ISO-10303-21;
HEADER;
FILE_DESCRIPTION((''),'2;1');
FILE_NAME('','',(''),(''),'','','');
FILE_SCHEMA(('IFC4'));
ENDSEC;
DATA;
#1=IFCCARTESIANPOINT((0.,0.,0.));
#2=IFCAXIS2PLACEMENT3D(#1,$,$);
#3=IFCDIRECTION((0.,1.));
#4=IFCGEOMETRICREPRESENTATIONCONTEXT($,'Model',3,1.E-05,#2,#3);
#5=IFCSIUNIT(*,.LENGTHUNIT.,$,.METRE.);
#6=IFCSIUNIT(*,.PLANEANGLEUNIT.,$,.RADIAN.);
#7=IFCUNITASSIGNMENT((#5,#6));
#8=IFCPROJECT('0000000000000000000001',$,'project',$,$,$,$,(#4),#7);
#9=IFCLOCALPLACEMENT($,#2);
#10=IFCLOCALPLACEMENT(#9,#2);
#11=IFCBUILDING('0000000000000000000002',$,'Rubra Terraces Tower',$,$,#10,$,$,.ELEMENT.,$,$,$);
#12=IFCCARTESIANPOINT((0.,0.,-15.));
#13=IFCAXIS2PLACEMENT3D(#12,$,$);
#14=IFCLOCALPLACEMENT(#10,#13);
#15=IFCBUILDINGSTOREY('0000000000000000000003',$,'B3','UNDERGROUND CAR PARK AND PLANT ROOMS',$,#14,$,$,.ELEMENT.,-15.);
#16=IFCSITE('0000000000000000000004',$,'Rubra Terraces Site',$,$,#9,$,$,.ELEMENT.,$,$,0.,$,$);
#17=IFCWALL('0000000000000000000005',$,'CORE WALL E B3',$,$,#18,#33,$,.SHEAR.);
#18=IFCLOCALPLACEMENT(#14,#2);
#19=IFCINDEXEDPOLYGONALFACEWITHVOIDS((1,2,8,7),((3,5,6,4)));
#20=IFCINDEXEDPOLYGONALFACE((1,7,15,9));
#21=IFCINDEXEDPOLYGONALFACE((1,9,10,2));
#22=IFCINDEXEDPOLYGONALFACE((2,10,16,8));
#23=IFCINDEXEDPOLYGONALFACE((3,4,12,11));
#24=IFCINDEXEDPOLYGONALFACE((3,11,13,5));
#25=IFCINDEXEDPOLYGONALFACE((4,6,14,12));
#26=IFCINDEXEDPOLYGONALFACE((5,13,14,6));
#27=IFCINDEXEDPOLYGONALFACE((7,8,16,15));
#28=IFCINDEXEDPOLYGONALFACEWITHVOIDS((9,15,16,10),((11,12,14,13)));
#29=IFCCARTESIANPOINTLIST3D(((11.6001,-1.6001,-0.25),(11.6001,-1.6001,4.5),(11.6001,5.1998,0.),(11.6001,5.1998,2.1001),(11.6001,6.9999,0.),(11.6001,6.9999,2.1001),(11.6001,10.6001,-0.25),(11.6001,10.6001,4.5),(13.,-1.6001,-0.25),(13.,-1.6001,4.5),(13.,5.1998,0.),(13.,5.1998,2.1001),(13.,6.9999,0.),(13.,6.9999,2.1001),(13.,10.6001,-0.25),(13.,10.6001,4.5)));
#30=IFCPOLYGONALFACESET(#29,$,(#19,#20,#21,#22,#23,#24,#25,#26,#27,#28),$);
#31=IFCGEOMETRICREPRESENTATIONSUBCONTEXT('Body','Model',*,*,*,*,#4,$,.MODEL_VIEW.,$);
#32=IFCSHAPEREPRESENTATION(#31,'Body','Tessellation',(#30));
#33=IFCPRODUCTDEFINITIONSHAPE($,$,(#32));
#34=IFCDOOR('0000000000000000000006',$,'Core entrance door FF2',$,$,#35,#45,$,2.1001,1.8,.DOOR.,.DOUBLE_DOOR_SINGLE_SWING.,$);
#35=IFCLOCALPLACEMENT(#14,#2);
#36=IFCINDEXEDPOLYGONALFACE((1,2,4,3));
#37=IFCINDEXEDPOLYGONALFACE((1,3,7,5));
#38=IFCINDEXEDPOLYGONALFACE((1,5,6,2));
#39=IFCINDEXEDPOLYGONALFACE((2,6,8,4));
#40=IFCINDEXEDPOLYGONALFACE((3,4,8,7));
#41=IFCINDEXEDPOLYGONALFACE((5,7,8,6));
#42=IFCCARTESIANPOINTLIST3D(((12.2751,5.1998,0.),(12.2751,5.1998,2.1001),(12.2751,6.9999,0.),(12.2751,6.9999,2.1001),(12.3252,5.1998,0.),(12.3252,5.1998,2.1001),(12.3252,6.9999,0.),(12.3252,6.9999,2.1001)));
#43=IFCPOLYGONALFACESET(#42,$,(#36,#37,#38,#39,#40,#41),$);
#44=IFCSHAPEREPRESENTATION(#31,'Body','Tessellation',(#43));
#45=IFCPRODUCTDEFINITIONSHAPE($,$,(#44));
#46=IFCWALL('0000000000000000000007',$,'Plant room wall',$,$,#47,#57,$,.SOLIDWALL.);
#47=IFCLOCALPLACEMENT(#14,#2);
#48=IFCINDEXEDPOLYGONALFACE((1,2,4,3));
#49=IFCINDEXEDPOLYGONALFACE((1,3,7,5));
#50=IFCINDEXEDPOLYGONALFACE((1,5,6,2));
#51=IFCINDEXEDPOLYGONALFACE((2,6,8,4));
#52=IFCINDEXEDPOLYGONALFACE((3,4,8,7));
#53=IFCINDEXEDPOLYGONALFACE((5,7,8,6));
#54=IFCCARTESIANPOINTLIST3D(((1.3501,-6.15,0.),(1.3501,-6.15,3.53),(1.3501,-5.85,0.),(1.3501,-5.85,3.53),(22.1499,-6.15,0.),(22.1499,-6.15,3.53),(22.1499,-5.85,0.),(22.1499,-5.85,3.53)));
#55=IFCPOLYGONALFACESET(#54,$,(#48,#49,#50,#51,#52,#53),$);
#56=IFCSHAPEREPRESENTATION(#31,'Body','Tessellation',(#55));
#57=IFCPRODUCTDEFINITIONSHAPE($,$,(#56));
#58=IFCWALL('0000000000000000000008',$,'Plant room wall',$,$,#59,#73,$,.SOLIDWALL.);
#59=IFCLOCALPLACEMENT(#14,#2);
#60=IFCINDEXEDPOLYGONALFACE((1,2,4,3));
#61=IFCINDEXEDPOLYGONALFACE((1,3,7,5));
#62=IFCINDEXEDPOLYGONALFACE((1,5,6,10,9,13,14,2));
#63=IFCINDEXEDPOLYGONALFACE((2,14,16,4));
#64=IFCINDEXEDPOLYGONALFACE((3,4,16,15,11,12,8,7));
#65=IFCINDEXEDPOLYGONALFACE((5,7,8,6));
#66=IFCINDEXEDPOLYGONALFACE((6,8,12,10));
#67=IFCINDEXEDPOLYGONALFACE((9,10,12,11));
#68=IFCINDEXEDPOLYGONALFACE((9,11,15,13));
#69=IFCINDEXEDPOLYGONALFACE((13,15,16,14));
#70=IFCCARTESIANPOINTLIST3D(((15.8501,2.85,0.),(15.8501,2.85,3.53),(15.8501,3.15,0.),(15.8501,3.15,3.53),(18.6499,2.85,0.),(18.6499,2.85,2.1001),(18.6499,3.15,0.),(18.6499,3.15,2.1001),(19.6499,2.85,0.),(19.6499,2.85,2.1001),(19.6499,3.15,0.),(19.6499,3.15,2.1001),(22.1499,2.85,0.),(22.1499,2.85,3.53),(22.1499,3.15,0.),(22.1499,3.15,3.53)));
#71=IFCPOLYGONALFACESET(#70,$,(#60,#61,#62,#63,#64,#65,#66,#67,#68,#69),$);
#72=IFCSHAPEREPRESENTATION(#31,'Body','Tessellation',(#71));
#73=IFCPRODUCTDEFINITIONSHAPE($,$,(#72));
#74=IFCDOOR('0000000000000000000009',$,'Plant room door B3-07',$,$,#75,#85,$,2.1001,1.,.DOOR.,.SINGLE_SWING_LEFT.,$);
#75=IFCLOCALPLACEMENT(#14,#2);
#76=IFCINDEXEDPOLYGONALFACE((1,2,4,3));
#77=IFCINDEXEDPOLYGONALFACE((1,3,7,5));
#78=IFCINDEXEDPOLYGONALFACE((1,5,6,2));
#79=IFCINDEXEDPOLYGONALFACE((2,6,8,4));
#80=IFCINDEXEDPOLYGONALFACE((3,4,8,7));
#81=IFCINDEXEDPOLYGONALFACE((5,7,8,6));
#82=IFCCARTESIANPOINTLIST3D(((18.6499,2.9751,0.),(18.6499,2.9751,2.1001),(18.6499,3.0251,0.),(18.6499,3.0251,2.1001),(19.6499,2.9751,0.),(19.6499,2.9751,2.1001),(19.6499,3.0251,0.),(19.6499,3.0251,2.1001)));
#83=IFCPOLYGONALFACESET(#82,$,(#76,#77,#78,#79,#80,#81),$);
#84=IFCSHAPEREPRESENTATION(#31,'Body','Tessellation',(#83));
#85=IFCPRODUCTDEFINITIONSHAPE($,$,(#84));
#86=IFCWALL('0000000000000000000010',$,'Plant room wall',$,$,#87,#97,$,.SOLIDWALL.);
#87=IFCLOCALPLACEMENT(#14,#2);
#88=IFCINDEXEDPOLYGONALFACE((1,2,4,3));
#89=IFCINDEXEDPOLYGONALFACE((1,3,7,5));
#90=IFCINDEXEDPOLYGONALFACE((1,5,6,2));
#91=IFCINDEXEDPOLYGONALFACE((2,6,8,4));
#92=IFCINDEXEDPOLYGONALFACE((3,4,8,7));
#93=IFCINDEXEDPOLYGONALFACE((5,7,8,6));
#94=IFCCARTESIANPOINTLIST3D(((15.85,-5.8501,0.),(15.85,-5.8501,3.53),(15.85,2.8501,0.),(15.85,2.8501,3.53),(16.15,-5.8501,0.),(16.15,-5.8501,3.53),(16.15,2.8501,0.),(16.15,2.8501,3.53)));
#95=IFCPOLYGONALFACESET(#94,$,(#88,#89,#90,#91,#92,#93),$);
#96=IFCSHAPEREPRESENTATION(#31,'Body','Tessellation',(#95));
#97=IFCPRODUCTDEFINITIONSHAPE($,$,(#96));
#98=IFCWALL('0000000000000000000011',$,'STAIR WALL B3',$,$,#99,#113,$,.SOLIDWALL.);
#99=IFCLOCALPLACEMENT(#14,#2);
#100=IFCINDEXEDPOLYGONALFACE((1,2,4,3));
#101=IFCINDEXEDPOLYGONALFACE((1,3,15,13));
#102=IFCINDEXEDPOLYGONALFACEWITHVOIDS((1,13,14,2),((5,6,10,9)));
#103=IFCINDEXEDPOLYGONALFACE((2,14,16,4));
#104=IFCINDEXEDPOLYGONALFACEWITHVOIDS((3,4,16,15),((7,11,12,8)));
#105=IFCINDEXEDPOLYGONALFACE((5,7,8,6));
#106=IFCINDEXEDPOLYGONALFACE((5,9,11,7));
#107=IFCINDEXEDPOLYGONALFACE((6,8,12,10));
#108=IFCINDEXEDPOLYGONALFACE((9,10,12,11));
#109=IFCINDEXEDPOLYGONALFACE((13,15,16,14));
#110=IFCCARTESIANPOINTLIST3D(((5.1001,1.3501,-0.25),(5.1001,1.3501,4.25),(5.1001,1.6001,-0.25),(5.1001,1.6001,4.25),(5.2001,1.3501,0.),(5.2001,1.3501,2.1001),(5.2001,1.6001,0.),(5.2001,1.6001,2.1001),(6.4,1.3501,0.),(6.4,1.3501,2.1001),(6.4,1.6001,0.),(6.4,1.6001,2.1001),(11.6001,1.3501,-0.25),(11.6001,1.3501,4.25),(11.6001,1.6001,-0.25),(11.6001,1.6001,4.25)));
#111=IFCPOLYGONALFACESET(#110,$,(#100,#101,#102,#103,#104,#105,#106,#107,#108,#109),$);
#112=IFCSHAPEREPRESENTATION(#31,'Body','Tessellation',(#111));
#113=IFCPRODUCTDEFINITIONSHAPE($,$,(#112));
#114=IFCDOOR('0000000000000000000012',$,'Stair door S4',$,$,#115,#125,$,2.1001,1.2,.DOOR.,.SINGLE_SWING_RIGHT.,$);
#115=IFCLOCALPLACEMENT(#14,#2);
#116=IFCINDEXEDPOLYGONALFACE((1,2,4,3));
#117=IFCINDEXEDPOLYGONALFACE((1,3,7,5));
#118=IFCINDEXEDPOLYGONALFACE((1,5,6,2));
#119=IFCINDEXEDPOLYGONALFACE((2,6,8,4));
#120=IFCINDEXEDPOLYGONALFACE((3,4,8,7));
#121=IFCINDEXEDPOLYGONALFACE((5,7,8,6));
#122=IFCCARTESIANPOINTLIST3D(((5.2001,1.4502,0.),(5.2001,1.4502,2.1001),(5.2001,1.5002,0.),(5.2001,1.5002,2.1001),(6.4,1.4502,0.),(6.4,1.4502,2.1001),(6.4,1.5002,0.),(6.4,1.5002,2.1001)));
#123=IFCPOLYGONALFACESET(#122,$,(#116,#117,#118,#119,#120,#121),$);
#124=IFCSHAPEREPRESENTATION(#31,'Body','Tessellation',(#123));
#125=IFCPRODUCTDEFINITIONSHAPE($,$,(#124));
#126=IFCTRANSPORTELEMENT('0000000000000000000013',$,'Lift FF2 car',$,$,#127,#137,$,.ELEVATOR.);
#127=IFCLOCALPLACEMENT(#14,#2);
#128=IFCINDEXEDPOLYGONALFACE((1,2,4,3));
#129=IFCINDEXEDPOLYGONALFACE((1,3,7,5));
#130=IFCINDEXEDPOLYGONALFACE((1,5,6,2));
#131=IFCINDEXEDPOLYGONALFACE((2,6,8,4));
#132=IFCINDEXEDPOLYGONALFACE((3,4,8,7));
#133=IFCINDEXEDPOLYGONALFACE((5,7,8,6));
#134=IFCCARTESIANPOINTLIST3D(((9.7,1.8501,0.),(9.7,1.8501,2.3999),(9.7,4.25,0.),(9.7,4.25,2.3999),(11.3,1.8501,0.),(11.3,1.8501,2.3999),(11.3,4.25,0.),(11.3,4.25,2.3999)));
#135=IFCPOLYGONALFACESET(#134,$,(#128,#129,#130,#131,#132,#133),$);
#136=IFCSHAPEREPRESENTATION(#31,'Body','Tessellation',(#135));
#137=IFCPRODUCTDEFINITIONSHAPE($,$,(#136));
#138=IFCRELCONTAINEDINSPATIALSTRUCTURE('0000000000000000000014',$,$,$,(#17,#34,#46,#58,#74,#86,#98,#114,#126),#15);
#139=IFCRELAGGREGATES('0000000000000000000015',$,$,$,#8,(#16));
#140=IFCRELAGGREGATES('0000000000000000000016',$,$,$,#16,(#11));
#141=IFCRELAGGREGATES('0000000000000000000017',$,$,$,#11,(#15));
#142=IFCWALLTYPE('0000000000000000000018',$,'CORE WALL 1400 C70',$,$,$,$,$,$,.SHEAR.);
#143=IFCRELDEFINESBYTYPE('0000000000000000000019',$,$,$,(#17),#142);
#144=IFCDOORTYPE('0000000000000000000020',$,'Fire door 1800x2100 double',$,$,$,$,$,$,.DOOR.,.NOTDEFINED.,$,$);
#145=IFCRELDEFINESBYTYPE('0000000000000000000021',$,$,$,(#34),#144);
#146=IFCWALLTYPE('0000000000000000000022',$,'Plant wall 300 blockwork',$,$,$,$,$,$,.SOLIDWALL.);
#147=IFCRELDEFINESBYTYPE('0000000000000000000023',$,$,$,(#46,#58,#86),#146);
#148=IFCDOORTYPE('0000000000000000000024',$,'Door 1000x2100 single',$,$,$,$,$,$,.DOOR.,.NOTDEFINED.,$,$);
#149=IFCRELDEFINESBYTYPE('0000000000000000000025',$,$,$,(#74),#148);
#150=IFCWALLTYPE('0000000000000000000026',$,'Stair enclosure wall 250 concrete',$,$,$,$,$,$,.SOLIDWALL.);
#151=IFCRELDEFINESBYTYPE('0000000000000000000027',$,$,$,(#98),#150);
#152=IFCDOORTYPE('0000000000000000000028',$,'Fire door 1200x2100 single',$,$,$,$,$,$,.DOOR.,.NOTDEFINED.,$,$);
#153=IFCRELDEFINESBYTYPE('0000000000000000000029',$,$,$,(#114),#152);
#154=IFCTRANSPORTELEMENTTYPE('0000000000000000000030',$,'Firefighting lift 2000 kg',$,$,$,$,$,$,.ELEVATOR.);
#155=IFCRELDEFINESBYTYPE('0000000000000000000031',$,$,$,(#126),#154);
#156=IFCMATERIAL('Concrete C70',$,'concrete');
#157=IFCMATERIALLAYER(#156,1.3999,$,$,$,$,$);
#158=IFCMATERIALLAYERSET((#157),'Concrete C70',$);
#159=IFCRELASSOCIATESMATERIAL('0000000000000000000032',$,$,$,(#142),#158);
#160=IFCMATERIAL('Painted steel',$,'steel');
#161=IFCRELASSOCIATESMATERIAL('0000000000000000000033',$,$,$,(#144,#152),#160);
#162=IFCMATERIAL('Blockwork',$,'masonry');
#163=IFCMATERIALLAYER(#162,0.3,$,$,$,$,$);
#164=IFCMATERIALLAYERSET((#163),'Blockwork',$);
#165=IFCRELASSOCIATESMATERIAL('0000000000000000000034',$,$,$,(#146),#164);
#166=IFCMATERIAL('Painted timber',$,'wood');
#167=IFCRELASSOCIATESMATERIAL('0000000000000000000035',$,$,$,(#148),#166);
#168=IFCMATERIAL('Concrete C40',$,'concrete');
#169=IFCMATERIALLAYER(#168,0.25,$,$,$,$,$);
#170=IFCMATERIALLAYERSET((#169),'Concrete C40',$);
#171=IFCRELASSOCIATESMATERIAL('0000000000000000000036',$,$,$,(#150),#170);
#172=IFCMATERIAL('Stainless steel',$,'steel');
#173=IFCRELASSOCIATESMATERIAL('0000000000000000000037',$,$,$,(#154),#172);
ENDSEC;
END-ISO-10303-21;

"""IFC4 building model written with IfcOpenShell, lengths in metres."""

from ifc_helpers import new_model, si_unit, direction, frame, frame_2d, origin, origin_2d, place, context, subcontext, project, spatial, rectangle, extrude, material, layer, layer_set, type_object, element, fill, save


model = new_model("IFC4")

# Units and contexts
model_context = context("Model", 3, precision=1e-05, world=origin(), true_north=direction((0.0, 1.0)))
body_context = subcontext(model_context, "Body", "Model", "MODEL_VIEW")
ifc_project = project(units=[si_unit("LENGTHUNIT", "METRE"), si_unit("PLANEANGLEUNIT", "RADIAN")], contexts=[model_context])

# Site, building, storey
site_placement = place(None, origin())
site = spatial("IfcSite", under=ifc_project, at=site_placement, Name="Rubra Terraces Site", CompositionType="ELEMENT", RefElevation=0.0)
building_placement = place(site_placement, origin())
building = spatial("IfcBuilding", under=site, at=building_placement, Name="Rubra Terraces Tower", CompositionType="ELEMENT")
storey_placement = place(building_placement, frame((0.0, 0.0, -15.0)))
storey = spatial("IfcBuildingStorey", under=building, at=storey_placement, Name="B3", Description="UNDERGROUND CAR PARK AND PLANT ROOMS", CompositionType="ELEMENT", Elevation=-15.0)

# Shared definitions
ifc_material_1 = material(Name="Concrete C40", Category="concrete")

# Wall, opening, door
ifc_material_2 = material(Name="Concrete C70", Category="concrete")
ifc_layer_1 = layer(ifc_material_2, 1.3999)
ifc_layer_set_1 = layer_set([ifc_layer_1], Name="Concrete C70")
wall_type_1 = type_object("IfcWallType", Name="CORE WALL 1400 C70", PredefinedType="SHEAR", material=ifc_layer_set_1)
wall_1_placement = place(storey_placement, frame((12.3, -1.6001, -0.25), z_axis=(0.0, 0.0, 1.0), x_axis=(0.0, 1.0, 0.0)))
wall_1 = element("IfcWall", 1, at=wall_1_placement, inside=storey, type_object=wall_type_1, Name="CORE WALL E B3", PredefinedType="SHEAR", context=body_context, shape_type="SweptSolid", body=[
    extrude(rectangle(XDim=12.2002, YDim=1.3999, at=frame_2d((6.1001, 0.0))), origin(), (0.0, 0.0, 1.0), 4.75),
])
opening_1_placement = place(wall_1_placement, frame((6.8, 0.0, 0.25)))
opening_1 = element("IfcOpeningElement", 2, at=opening_1_placement, cuts=wall_1, PredefinedType="OPENING", context=body_context, shape_type="SweptSolid", body=[
    extrude(rectangle(XDim=1.8, YDim=2.1001, at=frame_2d((0.8999, 1.05))), frame((0.0, 0.71, 0.0), z_axis=(0.0, -1.0, 0.0), x_axis=(1.0, 0.0, 0.0)), (0.0, 0.0, 1.0), 1.4199),
])
ifc_material_3 = material(Name="Painted steel", Category="steel")
door_type_1 = type_object("IfcDoorType", Name="Fire door 1800x2100 double", OperationType="NOTDEFINED", PredefinedType="DOOR", material=ifc_material_3)
door_1_placement = place(opening_1_placement, origin())
door_1 = element("IfcDoor", 3, at=door_1_placement, inside=storey, type_object=door_type_1, Name="Core entrance door FF2", OperationType="DOUBLE_DOOR_SINGLE_SWING", OverallHeight=2.1001, OverallWidth=1.8, PredefinedType="DOOR", context=body_context, shape_type="SweptSolid", body=[
    extrude(rectangle(XDim=1.8, YDim=2.1001, at=frame_2d((0.8999, 1.05))), frame((0.0, 0.0249, 0.0), z_axis=(0.0, -1.0, 0.0), x_axis=(1.0, 0.0, 0.0)), (0.0, 0.0, 1.0), 0.05),
])
fill(opening_1, door_1)

# Wall
ifc_material_4 = material(Name="Blockwork", Category="masonry")
ifc_layer_2 = layer(ifc_material_4, 0.3)
ifc_layer_set_2 = layer_set([ifc_layer_2], Name="Blockwork")
wall_type_2 = type_object("IfcWallType", Name="Plant wall 300 blockwork", PredefinedType="SOLIDWALL", material=ifc_layer_set_2)
wall_2_placement = place(storey_placement, frame((22.1499, -6.0, 0.0), z_axis=(0.0, 0.0, 1.0), x_axis=(-1.0, 0.0, 0.0)))
element("IfcWall", 4, at=wall_2_placement, inside=storey, type_object=wall_type_2, Name="Plant room wall", PredefinedType="SOLIDWALL", context=body_context, shape_type="SweptSolid", body=[
    extrude(rectangle(XDim=20.7998, YDim=0.3, at=frame_2d((10.3999, 0.0))), origin(), (0.0, 0.0, 1.0), 3.53),
])

# Wall, opening, door
wall_3_placement = place(storey_placement, frame((22.1499, 3.0, 0.0), z_axis=(0.0, 0.0, 1.0), x_axis=(-1.0, 0.0, 0.0)))
wall_3 = element("IfcWall", 5, at=wall_3_placement, inside=storey, type_object=wall_type_2, Name="Plant room wall", PredefinedType="SOLIDWALL", context=body_context, shape_type="SweptSolid", body=[
    extrude(rectangle(XDim=6.2998, YDim=0.3, at=frame_2d((3.1499, 0.0))), origin(), (0.0, 0.0, 1.0), 3.53),
])
opening_2_placement = place(wall_3_placement, frame((2.5, 0.0, 0.0)))
opening_2 = element("IfcOpeningElement", 6, at=opening_2_placement, cuts=wall_3, PredefinedType="OPENING", context=body_context, shape_type="SweptSolid", body=[
    extrude(rectangle(XDim=1.0, YDim=2.1001, at=frame_2d((0.5, 1.05))), frame((0.0, 0.1599, 0.0), z_axis=(0.0, -1.0, 0.0), x_axis=(1.0, 0.0, 0.0)), (0.0, 0.0, 1.0), 0.3201),
])
ifc_material_5 = material(Name="Painted timber", Category="wood")
door_type_2 = type_object("IfcDoorType", Name="Door 1000x2100 single", OperationType="NOTDEFINED", PredefinedType="DOOR", material=ifc_material_5)
door_2_placement = place(opening_2_placement, origin())
door_2 = element("IfcDoor", 7, at=door_2_placement, inside=storey, type_object=door_type_2, Name="Plant room door B3-07", OperationType="SINGLE_SWING_LEFT", OverallHeight=2.1001, OverallWidth=1.0, PredefinedType="DOOR", context=body_context, shape_type="SweptSolid", body=[
    extrude(rectangle(XDim=1.0, YDim=2.1001, at=frame_2d((0.5, 1.05))), frame((0.0, 0.0249, 0.0), z_axis=(0.0, -1.0, 0.0), x_axis=(1.0, 0.0, 0.0)), (0.0, 0.0, 1.0), 0.05),
])
fill(opening_2, door_2)

# Wall
wall_4_placement = place(storey_placement, frame((16.0, 2.8501, 0.0), z_axis=(0.0, 0.0, 1.0), x_axis=(0.0, -1.0, 0.0)))
element("IfcWall", 8, at=wall_4_placement, inside=storey, type_object=wall_type_2, Name="Plant room wall", PredefinedType="SOLIDWALL", context=body_context, shape_type="SweptSolid", body=[
    extrude(rectangle(XDim=8.7002, YDim=0.3, at=frame_2d((4.3501, 0.0))), origin(), (0.0, 0.0, 1.0), 3.53),
])

# Wall, opening, door
ifc_layer_3 = layer(ifc_material_1, 0.25)
ifc_layer_set_3 = layer_set([ifc_layer_3], Name="Concrete C40")
wall_type_3 = type_object("IfcWallType", Name="Stair enclosure wall 250 concrete", PredefinedType="SOLIDWALL", material=ifc_layer_set_3)
wall_5_placement = place(storey_placement, frame((11.6001, 1.4751, -0.25), z_axis=(0.0, 0.0, 1.0), x_axis=(-1.0, 0.0, 0.0)))
wall_5 = element("IfcWall", 9, at=wall_5_placement, inside=storey, type_object=wall_type_3, Name="STAIR WALL B3", PredefinedType="SOLIDWALL", context=body_context, shape_type="SweptSolid", body=[
    extrude(rectangle(XDim=6.5, YDim=0.25, at=frame_2d((3.25, 0.0))), origin(), (0.0, 0.0, 1.0), 4.5),
])
opening_3_placement = place(wall_5_placement, frame((5.2, 0.0, 0.25)))
opening_3 = element("IfcOpeningElement", 10, at=opening_3_placement, cuts=wall_5, PredefinedType="OPENING", context=body_context, shape_type="SweptSolid", body=[
    extrude(rectangle(XDim=1.2, YDim=2.1001, at=frame_2d((0.6001, 1.05))), frame((0.0, 0.135, 0.0), z_axis=(0.0, -1.0, 0.0), x_axis=(1.0, 0.0, 0.0)), (0.0, 0.0, 1.0), 0.27),
])
door_type_3 = type_object("IfcDoorType", Name="Fire door 1200x2100 single", OperationType="NOTDEFINED", PredefinedType="DOOR", material=ifc_material_3)
door_3_placement = place(opening_3_placement, origin())
door_3 = element("IfcDoor", 11, at=door_3_placement, inside=storey, type_object=door_type_3, Name="Stair door S4", OperationType="SINGLE_SWING_RIGHT", OverallHeight=2.1001, OverallWidth=1.2, PredefinedType="DOOR", context=body_context, shape_type="SweptSolid", body=[
    extrude(rectangle(XDim=1.2, YDim=2.1001, at=frame_2d((0.6001, 1.05))), frame((0.0, 0.0249, 0.0), z_axis=(0.0, -1.0, 0.0), x_axis=(1.0, 0.0, 0.0)), (0.0, 0.0, 1.0), 0.05),
])
fill(opening_3, door_3)

# Transport element
ifc_material_6 = material(Name="Stainless steel", Category="steel")
transport_element_type = type_object("IfcTransportElementType", Name="Firefighting lift 2000 kg", PredefinedType="ELEVATOR", material=ifc_material_6)
transport_element_placement = place(storey_placement, frame((10.5, 3.05, 0.0), z_axis=(0.0, 0.0, 1.0), x_axis=(1.0, 0.0, 0.0)))
element("IfcTransportElement", 12, at=transport_element_placement, inside=storey, type_object=transport_element_type, Name="Lift FF2 car", PredefinedType="ELEVATOR", context=body_context, shape_type="SweptSolid", body=[
    extrude(rectangle(XDim=1.6001, YDim=2.3999, at=origin_2d()), origin(), (0.0, 0.0, 1.0), 2.3999),
])

save(model, "model.ifc")
